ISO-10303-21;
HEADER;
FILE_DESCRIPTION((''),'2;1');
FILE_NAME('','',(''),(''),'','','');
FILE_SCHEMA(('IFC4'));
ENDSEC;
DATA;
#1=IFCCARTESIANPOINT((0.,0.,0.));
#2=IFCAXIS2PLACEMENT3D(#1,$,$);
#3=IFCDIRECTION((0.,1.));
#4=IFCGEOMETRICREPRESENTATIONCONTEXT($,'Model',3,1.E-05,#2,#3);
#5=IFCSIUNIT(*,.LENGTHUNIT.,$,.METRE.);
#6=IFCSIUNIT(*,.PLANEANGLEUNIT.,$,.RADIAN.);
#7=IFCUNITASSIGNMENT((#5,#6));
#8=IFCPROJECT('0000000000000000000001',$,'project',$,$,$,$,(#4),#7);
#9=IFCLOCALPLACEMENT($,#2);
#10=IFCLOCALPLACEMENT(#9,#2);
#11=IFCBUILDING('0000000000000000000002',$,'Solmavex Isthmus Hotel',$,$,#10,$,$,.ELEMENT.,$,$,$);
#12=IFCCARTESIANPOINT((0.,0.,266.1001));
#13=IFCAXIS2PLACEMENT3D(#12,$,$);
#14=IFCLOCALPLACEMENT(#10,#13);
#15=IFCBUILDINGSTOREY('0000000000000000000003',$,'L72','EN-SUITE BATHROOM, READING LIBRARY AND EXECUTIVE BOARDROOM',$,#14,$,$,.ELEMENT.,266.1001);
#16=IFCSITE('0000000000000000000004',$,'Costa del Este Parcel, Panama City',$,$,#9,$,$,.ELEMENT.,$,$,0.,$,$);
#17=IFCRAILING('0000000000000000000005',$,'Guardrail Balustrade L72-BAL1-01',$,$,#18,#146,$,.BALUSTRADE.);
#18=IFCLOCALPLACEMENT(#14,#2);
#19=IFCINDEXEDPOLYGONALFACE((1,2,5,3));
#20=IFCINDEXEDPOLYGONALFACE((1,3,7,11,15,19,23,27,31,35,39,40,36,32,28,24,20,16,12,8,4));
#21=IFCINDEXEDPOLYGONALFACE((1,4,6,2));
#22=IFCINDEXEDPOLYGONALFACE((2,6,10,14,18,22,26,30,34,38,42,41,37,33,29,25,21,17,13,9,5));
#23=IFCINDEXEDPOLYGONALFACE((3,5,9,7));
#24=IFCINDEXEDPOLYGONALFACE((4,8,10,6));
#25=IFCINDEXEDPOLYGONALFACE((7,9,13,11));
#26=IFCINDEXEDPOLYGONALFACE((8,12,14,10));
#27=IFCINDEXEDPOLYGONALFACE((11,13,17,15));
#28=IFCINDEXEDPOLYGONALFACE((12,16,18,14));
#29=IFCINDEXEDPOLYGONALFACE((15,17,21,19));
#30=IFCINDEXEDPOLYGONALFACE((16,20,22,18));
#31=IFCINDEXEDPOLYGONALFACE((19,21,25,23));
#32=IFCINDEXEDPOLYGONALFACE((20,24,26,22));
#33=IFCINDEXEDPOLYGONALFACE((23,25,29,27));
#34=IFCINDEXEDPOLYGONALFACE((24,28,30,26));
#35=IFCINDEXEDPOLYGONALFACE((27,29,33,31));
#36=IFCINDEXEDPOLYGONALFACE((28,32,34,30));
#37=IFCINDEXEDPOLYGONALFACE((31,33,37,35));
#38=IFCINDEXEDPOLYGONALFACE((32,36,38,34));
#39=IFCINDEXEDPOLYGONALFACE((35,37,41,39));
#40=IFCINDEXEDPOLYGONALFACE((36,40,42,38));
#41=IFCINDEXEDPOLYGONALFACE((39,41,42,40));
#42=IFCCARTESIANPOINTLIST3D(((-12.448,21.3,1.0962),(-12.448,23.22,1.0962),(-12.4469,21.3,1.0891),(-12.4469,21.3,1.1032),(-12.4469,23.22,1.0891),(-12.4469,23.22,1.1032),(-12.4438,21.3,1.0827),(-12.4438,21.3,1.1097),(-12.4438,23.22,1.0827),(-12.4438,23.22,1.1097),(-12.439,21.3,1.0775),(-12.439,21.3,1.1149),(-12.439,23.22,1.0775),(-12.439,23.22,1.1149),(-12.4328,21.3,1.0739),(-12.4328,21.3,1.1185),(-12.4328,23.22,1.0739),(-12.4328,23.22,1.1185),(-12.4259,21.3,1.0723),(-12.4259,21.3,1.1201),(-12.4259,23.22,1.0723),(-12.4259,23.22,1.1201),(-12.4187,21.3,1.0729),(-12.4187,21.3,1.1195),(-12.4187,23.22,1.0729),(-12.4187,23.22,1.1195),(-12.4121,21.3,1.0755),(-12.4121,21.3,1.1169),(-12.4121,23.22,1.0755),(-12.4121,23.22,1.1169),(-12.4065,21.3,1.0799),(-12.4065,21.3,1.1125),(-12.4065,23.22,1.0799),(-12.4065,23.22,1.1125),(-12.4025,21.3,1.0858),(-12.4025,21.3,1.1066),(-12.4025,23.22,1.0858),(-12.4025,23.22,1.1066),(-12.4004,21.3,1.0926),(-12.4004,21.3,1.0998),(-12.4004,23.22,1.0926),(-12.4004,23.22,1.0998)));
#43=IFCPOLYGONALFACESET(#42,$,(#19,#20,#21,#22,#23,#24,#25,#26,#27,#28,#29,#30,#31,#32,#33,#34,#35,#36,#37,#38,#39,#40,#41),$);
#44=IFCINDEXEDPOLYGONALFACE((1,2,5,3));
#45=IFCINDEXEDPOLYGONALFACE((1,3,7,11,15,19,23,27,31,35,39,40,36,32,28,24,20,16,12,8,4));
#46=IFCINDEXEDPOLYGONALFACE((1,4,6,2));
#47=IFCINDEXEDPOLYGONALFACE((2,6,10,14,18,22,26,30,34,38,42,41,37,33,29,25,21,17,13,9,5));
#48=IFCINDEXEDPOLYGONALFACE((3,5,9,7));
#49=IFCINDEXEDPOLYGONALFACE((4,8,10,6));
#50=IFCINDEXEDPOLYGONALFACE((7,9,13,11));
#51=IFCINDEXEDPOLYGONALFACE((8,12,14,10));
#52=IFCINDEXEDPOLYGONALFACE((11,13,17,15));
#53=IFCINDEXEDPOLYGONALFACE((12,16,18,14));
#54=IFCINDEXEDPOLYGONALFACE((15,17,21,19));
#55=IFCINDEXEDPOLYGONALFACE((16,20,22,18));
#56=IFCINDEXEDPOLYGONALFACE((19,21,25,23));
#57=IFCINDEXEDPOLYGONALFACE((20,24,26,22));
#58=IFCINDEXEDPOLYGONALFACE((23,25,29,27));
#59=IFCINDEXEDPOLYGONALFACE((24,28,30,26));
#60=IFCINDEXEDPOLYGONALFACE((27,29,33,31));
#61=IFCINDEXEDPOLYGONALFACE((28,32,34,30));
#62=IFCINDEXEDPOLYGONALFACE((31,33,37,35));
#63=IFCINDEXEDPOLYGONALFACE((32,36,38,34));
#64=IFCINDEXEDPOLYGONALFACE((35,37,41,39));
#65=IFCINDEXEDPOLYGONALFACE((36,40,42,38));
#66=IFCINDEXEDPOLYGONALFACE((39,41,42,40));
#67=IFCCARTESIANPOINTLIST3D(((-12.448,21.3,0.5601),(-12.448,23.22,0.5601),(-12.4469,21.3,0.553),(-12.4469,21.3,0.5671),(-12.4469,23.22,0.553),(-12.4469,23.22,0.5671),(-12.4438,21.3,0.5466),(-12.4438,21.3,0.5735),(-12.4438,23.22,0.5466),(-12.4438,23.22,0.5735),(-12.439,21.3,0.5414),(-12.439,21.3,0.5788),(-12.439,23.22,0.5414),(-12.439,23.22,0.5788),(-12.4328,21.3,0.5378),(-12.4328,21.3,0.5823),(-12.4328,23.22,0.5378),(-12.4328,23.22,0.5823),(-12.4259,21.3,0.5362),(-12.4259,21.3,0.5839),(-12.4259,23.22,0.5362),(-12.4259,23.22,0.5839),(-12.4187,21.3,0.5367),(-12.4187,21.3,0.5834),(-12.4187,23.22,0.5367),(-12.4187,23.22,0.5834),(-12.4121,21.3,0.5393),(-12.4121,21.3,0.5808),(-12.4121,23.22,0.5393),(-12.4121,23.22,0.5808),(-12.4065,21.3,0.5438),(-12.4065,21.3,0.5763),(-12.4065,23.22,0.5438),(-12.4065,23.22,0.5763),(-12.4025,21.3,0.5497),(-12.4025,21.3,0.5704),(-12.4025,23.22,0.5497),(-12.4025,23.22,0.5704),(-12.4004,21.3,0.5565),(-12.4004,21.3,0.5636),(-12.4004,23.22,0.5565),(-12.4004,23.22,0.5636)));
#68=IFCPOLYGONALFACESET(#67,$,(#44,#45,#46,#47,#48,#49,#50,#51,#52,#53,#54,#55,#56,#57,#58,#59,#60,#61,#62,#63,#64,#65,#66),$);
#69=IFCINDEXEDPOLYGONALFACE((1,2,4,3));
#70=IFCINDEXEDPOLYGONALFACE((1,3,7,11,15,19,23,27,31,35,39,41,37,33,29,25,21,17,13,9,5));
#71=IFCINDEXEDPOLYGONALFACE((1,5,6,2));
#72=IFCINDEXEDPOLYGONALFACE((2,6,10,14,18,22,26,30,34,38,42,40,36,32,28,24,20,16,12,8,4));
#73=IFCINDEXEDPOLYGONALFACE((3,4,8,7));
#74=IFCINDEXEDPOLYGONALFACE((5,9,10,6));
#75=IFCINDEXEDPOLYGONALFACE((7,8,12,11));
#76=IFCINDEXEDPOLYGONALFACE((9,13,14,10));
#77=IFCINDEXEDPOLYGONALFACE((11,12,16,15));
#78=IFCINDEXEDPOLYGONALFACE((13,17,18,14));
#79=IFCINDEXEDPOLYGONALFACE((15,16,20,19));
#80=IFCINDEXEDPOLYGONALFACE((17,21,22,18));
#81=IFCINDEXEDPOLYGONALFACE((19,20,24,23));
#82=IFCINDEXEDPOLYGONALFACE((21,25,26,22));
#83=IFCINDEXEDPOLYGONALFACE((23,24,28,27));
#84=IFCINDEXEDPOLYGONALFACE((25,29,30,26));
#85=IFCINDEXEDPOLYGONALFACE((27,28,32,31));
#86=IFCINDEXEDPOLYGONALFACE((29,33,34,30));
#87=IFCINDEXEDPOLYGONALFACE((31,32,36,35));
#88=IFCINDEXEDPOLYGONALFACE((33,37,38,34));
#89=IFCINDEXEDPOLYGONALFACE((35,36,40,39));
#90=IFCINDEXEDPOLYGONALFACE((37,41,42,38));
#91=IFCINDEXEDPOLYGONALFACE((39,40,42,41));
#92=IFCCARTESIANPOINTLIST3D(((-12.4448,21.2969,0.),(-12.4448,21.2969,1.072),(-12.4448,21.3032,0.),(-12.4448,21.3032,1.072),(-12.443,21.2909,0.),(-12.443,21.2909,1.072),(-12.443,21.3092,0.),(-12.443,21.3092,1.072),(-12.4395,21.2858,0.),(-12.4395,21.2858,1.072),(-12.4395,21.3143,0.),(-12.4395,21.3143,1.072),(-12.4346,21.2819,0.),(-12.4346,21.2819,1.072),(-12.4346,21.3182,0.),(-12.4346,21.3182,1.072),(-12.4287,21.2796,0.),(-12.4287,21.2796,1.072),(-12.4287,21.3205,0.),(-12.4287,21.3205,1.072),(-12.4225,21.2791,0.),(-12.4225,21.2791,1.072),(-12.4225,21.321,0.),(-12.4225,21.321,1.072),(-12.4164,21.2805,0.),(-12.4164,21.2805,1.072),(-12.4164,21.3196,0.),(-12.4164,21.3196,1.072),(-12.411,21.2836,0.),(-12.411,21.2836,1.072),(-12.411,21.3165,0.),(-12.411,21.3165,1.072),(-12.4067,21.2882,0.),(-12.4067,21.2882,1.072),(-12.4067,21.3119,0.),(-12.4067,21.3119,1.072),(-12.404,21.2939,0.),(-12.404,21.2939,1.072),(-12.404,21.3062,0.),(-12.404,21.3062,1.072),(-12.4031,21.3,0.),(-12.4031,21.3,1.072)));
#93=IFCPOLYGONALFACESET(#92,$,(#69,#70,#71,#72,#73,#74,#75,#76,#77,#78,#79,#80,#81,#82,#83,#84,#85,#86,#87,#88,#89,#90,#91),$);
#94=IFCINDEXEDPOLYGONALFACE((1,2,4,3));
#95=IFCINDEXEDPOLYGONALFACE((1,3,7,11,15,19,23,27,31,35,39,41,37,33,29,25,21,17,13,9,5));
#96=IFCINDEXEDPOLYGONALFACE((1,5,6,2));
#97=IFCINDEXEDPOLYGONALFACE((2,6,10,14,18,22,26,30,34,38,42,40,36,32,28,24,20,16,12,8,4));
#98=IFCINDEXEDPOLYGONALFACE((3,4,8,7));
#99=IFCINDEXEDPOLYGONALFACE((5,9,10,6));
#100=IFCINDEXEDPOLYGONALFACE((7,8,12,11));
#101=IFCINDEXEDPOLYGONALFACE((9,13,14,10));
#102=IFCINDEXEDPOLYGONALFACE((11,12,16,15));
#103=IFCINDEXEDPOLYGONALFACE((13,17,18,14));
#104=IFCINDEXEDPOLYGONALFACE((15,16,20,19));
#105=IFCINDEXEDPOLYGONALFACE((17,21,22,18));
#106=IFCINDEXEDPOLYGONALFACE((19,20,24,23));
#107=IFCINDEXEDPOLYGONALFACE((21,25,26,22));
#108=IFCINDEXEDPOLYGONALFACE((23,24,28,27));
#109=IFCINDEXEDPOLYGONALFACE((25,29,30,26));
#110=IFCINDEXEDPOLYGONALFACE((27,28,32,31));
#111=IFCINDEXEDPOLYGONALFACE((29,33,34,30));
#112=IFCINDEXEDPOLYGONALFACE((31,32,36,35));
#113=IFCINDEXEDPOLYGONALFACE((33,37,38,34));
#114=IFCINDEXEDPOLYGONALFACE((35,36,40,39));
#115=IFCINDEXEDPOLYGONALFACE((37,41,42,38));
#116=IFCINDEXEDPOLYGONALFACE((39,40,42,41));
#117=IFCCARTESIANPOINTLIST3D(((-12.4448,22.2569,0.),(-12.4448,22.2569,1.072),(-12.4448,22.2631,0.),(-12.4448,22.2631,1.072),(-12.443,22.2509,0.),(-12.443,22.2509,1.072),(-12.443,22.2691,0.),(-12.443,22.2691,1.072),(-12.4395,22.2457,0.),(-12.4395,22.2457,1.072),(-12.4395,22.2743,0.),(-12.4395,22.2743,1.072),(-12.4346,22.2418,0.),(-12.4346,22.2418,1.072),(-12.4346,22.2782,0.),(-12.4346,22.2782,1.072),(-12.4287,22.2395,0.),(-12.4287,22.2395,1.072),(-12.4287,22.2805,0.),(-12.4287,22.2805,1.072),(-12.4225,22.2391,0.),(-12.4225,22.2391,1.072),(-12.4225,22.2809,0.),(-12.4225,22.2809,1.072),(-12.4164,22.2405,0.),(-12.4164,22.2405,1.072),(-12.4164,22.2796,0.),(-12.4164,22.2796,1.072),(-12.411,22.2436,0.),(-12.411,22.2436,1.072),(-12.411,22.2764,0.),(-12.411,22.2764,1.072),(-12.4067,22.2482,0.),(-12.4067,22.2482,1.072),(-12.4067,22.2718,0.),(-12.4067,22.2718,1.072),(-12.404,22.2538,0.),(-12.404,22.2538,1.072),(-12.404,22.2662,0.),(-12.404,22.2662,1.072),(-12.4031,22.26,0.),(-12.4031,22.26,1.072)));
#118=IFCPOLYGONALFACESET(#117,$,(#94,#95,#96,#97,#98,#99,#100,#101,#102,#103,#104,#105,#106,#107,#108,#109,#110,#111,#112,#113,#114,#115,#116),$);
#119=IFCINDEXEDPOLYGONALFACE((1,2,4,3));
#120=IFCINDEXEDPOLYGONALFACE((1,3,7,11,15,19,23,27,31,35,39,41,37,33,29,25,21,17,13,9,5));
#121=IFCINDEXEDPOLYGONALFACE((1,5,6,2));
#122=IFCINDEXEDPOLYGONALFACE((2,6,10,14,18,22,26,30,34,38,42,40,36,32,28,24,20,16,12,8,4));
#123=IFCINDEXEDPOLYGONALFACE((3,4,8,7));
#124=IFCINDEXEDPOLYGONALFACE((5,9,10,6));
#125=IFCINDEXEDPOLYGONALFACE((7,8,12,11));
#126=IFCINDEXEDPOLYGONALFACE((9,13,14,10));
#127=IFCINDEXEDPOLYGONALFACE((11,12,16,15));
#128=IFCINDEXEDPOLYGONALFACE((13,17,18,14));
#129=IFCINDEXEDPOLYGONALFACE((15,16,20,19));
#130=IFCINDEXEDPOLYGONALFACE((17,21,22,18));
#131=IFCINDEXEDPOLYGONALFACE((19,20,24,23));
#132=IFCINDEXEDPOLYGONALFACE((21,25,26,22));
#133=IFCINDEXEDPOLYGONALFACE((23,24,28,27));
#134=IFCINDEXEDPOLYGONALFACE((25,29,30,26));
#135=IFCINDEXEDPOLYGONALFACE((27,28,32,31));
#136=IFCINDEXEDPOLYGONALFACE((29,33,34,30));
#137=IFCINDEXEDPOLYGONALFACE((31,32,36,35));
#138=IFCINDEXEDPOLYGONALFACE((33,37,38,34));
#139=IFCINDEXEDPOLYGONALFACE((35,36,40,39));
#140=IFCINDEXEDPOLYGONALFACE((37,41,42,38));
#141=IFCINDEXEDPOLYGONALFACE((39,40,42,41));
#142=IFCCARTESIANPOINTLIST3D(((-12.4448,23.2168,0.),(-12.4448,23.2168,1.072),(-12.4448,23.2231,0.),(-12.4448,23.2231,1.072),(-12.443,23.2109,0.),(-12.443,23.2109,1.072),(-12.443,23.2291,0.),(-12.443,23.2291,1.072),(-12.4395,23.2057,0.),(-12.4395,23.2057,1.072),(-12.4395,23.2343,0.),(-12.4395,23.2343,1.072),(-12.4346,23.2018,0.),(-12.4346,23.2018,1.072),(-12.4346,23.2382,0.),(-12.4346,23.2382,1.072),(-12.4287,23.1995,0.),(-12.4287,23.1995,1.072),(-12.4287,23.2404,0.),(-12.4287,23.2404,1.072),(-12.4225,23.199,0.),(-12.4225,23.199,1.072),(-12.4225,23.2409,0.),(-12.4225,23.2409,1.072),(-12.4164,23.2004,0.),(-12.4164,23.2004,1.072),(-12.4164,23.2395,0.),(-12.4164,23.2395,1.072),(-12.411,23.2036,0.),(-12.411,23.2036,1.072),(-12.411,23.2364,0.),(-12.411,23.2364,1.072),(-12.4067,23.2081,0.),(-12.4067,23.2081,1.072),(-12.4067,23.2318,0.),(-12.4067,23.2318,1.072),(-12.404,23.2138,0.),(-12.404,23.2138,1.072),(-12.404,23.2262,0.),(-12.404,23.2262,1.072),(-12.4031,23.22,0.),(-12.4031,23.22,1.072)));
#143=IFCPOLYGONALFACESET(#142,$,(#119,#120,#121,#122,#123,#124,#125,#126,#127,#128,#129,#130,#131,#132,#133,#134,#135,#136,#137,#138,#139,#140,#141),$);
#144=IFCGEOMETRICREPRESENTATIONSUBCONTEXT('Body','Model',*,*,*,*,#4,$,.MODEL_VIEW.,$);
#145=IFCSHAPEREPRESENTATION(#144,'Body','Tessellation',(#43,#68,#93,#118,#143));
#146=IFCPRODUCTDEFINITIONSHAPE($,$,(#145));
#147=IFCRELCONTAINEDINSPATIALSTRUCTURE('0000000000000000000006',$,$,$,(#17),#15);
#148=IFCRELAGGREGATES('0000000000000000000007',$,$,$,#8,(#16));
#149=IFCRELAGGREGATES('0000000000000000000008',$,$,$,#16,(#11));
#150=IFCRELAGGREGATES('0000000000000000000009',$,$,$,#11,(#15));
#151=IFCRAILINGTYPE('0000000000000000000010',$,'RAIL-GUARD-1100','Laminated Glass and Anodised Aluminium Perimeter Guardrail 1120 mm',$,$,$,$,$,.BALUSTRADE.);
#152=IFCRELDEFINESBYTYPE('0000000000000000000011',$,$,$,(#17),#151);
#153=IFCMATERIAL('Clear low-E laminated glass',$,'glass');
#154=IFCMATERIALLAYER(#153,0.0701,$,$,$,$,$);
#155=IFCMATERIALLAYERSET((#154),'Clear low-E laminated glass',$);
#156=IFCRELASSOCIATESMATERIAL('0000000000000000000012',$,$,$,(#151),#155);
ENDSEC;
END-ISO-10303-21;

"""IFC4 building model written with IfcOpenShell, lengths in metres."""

from ifc_helpers import new_model, si_unit, direction, frame, origin, origin_2d, place, context, subcontext, project, spatial, circle, extrude, material, layer, layer_set, type_object, element, save


model = new_model("IFC4")

# Units and contexts
model_context = context("Model", 3, precision=1e-05, world=origin(), true_north=direction((0.0, 1.0)))
body_context = subcontext(model_context, "Body", "Model", "MODEL_VIEW")
ifc_project = project(units=[si_unit("LENGTHUNIT", "METRE"), si_unit("PLANEANGLEUNIT", "RADIAN")], contexts=[model_context])

# Site, building, storey
site_placement = place(None, origin())
site = spatial("IfcSite", under=ifc_project, at=site_placement, Name="Costa del Este Parcel, Panama City", CompositionType="ELEMENT", RefElevation=0.0)
building_placement = place(site_placement, origin())
building = spatial("IfcBuilding", under=site, at=building_placement, Name="Solmavex Isthmus Hotel", CompositionType="ELEMENT")
storey_placement = place(building_placement, frame((0.0, 0.0, 266.1001)))
storey = spatial("IfcBuildingStorey", under=building, at=storey_placement, Name="L72", Description="EN-SUITE BATHROOM, READING LIBRARY AND EXECUTIVE BOARDROOM", CompositionType="ELEMENT", Elevation=266.1001)

# Shared definitions
ifc_material_1 = material(Name="Clear low-E laminated glass", Category="glass")

# Railing
ifc_layer_1 = layer(ifc_material_1, 0.0701)
ifc_layer_set_1 = layer_set([ifc_layer_1], Name="Clear low-E laminated glass")
railing_type_1 = type_object("IfcRailingType", Name="RAIL-GUARD-1100", Description="Laminated Glass and Anodised Aluminium Perimeter Guardrail 1120 mm", PredefinedType="BALUSTRADE", material=ifc_layer_set_1)
railing_1_placement = place(storey_placement, frame((-12.4241, 21.3, 0.0)))
element("IfcRailing", 1, at=railing_1_placement, inside=storey, type_object=railing_type_1, Name="Guardrail Balustrade L72-BAL1-01", PredefinedType="BALUSTRADE", context=body_context, shape_type="SweptSolid", body=[
    extrude(circle(Radius=0.0239, at=origin_2d()), frame((0.0, 0.0, 1.0962), z_axis=(0.0, 1.0, 0.0), x_axis=(-1.0, 0.0, 0.0)), (0.0, 0.0, 1.0), 1.9199),
    extrude(circle(Radius=0.0239, at=origin_2d()), frame((0.0, 0.0, 0.5601), z_axis=(0.0, 1.0, 0.0), x_axis=(-1.0, 0.0, 0.0)), (0.0, 0.0, 1.0), 1.9199),
    extrude(circle(Radius=0.021, at=origin_2d()), origin(), (0.0, 0.0, 1.0), 1.072),
    extrude(circle(Radius=0.021, at=origin_2d()), frame((0.0, 0.96, 0.0)), (0.0, 0.0, 1.0), 1.072),
    extrude(circle(Radius=0.021, at=origin_2d()), frame((0.0, 1.9199, 0.0)), (0.0, 0.0, 1.0), 1.072),
])

save(model, "model.ifc")
